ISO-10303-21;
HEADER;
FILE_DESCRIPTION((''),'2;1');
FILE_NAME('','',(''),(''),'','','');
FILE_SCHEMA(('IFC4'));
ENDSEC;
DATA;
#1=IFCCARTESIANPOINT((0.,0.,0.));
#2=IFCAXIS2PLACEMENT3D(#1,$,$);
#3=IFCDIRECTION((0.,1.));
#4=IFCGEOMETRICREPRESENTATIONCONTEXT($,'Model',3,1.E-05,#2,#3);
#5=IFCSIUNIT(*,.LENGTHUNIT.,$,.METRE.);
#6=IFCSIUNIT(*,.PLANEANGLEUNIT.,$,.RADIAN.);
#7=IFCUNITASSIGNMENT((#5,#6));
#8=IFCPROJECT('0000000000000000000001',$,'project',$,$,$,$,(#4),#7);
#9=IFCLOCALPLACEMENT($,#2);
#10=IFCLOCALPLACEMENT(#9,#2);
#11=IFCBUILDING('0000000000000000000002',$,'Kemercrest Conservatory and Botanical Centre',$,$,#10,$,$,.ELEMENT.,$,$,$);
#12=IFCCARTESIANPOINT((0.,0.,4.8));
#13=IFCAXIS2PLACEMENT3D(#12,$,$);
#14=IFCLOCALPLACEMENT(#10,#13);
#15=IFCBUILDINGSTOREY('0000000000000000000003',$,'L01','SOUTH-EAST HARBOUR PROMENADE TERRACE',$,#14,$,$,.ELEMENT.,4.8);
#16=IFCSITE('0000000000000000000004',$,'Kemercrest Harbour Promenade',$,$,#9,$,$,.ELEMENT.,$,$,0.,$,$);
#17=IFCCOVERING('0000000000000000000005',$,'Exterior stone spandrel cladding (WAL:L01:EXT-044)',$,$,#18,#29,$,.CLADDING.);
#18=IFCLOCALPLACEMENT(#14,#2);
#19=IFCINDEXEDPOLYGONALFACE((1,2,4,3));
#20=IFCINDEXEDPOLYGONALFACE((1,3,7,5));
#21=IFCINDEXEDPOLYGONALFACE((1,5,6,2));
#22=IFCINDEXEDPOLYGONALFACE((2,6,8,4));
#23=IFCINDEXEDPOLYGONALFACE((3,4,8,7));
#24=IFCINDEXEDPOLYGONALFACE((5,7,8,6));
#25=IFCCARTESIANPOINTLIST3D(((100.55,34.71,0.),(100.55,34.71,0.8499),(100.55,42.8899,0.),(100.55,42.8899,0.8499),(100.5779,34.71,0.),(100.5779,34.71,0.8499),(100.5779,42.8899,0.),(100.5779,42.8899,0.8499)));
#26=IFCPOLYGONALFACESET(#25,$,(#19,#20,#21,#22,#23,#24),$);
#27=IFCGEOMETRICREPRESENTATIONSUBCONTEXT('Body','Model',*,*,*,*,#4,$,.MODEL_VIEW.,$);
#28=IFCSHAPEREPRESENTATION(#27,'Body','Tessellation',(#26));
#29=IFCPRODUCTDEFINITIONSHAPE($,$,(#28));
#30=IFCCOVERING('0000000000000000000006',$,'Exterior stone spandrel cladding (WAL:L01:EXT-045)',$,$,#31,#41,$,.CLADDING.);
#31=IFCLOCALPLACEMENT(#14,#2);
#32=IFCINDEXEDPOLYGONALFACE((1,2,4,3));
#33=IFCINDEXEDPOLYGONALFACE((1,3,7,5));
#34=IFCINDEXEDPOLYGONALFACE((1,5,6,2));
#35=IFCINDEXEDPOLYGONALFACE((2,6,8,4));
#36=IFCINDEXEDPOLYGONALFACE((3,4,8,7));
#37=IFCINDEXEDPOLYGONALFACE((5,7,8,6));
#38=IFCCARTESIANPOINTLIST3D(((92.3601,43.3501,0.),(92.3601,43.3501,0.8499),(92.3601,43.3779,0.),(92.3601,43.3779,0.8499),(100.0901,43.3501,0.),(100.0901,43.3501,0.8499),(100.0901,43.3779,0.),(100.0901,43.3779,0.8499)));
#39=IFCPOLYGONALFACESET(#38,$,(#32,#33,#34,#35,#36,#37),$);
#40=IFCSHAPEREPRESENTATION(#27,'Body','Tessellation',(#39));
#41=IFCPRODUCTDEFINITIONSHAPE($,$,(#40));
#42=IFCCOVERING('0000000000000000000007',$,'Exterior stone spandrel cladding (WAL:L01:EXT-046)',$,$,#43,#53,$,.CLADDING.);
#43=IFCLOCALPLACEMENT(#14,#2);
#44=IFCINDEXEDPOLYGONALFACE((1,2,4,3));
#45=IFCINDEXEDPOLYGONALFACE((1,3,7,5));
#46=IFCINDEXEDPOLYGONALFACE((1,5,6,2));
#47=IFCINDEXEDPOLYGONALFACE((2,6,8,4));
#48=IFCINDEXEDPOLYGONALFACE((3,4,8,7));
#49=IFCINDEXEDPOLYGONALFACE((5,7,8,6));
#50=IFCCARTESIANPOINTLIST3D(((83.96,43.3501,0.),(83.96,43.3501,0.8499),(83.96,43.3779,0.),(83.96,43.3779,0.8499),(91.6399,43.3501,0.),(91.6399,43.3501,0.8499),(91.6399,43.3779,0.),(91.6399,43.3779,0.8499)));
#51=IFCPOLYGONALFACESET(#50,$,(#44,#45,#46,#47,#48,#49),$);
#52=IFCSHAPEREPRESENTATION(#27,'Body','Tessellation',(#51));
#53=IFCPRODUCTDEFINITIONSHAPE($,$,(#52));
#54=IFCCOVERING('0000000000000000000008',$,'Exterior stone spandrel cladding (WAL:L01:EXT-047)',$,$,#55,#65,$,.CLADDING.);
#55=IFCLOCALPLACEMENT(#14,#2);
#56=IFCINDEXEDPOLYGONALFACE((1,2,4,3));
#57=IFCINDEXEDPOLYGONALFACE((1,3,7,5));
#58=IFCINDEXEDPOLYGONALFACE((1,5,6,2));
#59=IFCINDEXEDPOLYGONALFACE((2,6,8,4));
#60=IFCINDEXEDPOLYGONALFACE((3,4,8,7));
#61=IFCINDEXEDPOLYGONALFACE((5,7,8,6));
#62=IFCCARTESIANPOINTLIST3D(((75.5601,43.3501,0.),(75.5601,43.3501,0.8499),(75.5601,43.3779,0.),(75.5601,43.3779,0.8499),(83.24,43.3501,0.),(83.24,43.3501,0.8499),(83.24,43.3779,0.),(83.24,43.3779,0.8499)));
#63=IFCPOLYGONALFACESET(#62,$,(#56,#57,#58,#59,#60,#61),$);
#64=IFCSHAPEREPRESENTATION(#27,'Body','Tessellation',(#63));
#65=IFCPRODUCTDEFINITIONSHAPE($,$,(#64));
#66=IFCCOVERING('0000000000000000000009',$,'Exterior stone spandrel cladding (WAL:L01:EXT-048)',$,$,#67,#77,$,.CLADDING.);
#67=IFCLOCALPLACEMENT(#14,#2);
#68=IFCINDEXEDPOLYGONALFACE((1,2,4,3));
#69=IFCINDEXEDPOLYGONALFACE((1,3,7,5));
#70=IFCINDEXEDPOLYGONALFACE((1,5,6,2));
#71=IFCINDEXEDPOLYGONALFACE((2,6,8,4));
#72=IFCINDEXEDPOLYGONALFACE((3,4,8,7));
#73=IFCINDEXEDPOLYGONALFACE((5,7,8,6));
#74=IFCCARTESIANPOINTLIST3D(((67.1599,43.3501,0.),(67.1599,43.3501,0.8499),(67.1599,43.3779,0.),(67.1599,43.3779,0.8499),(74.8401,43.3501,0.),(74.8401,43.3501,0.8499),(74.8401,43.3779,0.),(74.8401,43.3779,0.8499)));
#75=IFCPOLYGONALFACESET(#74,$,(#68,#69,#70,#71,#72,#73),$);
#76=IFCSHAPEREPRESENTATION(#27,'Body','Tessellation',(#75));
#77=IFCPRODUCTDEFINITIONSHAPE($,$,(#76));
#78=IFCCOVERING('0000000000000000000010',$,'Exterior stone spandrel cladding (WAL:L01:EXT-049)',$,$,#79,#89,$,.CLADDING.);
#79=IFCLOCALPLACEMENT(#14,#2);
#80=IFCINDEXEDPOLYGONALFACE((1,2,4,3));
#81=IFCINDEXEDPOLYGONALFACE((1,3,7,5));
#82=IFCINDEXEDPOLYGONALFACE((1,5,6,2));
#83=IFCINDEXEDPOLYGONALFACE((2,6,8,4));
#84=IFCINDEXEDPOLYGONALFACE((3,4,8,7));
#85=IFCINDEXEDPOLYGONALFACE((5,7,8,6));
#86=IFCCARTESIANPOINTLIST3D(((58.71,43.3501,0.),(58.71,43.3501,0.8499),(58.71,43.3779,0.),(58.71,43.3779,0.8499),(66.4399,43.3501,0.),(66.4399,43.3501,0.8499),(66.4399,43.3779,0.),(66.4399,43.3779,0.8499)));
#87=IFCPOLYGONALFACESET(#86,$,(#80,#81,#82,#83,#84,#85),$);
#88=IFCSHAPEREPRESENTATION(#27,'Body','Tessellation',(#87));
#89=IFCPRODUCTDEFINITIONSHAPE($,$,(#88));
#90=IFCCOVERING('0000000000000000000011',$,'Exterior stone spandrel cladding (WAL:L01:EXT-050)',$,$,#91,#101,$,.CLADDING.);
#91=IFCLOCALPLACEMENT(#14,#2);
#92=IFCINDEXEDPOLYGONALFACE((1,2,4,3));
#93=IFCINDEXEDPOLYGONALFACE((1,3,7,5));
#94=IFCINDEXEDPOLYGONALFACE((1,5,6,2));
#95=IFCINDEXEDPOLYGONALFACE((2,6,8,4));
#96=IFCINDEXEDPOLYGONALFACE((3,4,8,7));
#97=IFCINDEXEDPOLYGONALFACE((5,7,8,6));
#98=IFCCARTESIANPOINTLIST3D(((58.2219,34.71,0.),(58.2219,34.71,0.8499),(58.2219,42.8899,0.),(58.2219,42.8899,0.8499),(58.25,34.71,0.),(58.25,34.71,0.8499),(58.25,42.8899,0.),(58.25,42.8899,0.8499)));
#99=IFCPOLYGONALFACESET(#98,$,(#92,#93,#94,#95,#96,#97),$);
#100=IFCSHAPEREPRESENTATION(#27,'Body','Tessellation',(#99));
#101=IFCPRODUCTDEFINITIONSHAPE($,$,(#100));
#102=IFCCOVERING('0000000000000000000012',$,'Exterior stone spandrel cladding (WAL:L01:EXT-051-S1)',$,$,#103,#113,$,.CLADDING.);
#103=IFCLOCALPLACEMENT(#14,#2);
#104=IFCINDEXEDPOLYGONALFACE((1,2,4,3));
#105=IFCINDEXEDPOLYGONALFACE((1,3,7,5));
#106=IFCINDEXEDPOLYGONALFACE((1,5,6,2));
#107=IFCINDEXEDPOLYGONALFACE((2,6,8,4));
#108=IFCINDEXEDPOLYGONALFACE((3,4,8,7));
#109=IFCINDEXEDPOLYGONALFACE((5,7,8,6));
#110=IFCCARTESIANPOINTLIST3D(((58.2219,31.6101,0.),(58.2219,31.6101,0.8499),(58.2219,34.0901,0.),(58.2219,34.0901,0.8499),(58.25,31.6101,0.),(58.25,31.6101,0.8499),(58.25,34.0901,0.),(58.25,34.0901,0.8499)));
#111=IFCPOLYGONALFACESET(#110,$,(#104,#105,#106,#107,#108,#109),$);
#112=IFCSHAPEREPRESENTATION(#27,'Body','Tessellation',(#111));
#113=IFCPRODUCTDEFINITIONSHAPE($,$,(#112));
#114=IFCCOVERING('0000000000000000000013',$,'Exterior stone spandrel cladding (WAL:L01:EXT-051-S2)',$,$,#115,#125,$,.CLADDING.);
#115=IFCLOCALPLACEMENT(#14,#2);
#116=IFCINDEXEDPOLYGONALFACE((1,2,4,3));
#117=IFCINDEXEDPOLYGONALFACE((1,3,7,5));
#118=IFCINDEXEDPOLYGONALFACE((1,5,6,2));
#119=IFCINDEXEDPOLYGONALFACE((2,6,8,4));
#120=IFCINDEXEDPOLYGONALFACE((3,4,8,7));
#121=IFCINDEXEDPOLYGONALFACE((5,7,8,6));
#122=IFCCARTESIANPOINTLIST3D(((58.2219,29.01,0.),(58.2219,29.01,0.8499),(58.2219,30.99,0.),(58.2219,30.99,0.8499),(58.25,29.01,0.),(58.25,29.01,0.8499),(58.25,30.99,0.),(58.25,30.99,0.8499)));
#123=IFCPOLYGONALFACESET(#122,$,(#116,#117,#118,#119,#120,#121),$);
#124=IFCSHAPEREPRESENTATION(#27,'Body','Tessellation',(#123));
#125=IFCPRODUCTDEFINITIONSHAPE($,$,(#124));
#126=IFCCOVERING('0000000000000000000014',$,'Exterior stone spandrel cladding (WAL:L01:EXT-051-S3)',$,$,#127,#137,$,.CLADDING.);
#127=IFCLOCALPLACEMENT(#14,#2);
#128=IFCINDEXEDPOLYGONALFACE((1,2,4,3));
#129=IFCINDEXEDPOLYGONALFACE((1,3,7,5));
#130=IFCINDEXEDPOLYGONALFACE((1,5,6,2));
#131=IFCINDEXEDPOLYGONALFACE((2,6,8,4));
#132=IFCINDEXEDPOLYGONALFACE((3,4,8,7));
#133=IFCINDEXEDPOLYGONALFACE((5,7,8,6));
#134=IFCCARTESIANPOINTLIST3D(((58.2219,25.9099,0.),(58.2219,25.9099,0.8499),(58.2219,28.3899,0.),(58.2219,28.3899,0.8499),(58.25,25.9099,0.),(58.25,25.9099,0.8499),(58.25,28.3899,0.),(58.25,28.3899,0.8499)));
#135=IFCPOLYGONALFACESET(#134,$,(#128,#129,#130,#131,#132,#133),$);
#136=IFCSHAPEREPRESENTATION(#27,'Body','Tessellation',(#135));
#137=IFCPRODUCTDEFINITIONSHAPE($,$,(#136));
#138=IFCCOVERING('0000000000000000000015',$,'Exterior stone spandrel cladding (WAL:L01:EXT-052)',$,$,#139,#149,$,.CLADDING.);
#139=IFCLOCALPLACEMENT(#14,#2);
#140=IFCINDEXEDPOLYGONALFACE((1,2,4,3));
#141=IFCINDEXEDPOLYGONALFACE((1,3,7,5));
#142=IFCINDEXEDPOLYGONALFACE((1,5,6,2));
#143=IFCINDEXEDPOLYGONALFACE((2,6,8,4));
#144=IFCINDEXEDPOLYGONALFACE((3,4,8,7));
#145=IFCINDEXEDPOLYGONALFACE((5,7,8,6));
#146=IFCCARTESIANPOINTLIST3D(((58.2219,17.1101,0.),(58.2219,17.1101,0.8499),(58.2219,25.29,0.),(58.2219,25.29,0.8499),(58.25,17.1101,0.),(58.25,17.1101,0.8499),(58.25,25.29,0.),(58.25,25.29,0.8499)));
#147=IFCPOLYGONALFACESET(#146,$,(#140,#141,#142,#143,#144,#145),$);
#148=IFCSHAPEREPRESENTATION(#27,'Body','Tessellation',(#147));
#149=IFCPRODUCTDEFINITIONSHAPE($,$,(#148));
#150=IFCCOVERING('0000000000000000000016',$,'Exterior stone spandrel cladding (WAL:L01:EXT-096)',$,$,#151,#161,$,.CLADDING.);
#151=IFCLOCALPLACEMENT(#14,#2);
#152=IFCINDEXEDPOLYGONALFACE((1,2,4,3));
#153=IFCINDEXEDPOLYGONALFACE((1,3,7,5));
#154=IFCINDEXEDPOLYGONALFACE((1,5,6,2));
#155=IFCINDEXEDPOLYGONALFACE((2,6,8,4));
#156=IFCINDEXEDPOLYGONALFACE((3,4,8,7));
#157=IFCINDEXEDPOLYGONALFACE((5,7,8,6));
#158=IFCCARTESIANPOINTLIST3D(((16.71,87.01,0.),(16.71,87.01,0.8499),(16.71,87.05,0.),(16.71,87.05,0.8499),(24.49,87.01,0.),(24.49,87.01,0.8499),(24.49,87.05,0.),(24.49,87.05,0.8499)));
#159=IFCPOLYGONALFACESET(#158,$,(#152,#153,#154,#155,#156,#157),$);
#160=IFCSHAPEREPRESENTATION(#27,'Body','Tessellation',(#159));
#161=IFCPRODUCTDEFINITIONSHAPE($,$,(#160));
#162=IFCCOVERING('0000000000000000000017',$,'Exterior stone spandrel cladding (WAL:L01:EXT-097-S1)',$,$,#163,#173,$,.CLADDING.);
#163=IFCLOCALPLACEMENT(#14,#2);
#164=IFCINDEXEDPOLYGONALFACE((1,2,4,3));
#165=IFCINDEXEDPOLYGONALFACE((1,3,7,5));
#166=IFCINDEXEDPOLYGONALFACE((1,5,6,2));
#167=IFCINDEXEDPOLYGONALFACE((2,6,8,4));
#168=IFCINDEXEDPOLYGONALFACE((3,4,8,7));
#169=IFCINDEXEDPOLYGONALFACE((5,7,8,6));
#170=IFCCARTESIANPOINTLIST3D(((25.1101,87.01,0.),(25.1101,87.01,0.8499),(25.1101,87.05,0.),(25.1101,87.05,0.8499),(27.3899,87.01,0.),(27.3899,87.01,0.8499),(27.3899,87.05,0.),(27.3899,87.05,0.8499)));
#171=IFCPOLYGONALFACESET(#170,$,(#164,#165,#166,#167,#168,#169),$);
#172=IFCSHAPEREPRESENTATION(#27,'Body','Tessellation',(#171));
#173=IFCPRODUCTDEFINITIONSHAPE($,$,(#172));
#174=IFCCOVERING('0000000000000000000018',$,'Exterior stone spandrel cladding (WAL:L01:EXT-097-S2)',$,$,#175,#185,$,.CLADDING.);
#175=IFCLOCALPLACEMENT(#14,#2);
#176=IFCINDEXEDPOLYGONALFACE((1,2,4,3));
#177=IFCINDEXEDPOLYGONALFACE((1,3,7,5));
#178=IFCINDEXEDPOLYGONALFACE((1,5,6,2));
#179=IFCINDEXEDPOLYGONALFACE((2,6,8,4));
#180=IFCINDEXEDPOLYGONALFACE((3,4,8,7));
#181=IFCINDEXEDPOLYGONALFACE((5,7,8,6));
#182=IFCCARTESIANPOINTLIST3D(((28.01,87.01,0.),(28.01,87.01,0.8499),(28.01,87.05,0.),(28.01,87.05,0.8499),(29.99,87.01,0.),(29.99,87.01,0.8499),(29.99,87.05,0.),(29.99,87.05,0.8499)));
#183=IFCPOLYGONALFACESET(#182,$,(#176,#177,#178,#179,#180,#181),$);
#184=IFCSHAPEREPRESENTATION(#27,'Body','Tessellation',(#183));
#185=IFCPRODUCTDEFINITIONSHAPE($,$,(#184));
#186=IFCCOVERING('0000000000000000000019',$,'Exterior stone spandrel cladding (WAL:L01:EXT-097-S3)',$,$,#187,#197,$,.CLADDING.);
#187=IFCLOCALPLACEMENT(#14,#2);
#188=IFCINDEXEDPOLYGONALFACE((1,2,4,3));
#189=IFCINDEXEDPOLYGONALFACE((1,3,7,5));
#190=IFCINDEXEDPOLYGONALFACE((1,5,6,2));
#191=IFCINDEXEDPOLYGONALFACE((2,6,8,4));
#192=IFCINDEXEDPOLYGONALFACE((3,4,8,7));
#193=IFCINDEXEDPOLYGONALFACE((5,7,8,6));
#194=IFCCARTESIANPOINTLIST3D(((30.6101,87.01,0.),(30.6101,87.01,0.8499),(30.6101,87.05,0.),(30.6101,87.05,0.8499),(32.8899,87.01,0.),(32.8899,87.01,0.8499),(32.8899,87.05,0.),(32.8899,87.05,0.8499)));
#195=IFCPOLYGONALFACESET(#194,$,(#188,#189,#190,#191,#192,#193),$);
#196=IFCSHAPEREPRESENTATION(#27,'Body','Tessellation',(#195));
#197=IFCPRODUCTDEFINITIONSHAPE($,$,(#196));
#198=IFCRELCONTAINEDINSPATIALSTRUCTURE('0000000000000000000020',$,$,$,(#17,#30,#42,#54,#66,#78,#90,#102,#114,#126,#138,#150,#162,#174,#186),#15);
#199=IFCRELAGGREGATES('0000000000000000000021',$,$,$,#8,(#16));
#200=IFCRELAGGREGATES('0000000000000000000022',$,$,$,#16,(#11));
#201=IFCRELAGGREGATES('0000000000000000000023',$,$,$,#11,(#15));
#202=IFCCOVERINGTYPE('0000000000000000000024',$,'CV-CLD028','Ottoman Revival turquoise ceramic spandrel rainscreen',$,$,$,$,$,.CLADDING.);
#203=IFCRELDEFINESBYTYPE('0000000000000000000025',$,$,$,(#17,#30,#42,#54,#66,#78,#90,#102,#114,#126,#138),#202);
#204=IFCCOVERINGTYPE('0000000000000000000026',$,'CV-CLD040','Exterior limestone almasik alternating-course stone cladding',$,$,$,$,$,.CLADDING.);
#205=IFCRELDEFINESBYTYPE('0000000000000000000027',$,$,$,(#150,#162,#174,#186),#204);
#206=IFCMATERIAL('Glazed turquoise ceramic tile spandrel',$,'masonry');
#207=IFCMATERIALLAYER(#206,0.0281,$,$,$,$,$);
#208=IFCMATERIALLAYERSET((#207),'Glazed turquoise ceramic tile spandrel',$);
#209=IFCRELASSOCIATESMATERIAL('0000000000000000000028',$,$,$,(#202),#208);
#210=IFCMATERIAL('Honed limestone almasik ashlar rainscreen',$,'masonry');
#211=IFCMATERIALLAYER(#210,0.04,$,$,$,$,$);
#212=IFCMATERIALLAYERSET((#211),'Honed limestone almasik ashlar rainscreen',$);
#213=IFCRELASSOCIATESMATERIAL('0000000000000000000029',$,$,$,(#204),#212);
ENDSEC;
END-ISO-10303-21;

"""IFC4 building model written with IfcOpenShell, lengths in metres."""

from ifc_helpers import new_model, si_unit, direction, frame, origin, place, context, subcontext, project, spatial, polyline, outline, extrude, material, layer, layer_set, type_object, element, save


model = new_model("IFC4")

# Units and contexts
model_context = context("Model", 3, precision=1e-05, world=origin(), true_north=direction((0.0, 1.0)))
body_context = subcontext(model_context, "Body", "Model", "MODEL_VIEW")
ifc_project = project(units=[si_unit("LENGTHUNIT", "METRE"), si_unit("PLANEANGLEUNIT", "RADIAN")], contexts=[model_context])

# Site, building, storey
site_placement = place(None, origin())
site = spatial("IfcSite", under=ifc_project, at=site_placement, Name="Kemercrest Harbour Promenade", CompositionType="ELEMENT", RefElevation=0.0)
building_placement = place(site_placement, origin())
building = spatial("IfcBuilding", under=site, at=building_placement, Name="Kemercrest Conservatory and Botanical Centre", CompositionType="ELEMENT")
storey_placement = place(building_placement, frame((0.0, 0.0, 4.8)))
storey = spatial("IfcBuildingStorey", under=building, at=storey_placement, Name="L01", Description="SOUTH-EAST HARBOUR PROMENADE TERRACE", CompositionType="ELEMENT", Elevation=4.8)

# Coverings
ifc_material_1 = material(Name="Glazed turquoise ceramic tile spandrel", Category="masonry")
ifc_layer_1 = layer(ifc_material_1, 0.0281)
ifc_layer_set_1 = layer_set([ifc_layer_1], Name="Glazed turquoise ceramic tile spandrel")
covering_type_1 = type_object("IfcCoveringType", Name="CV-CLD028", Description="Ottoman Revival turquoise ceramic spandrel rainscreen", PredefinedType="CLADDING", material=ifc_layer_set_1)
covering_1_placement = place(storey_placement, origin())
element("IfcCovering", 1, at=covering_1_placement, inside=storey, type_object=covering_type_1, Name="Exterior stone spandrel cladding (WAL:L01:EXT-044)", PredefinedType="CLADDING", context=body_context, shape_type="SweptSolid", body=[
    extrude(outline(polyline([(100.55, 34.71), (100.5779, 34.71), (100.5779, 42.8899), (100.55, 42.8899), (100.55, 34.71)])), origin(), (0.0, 0.0, 1.0), 0.8499),
])
covering_2_placement = place(storey_placement, origin())
element("IfcCovering", 2, at=covering_2_placement, inside=storey, type_object=covering_type_1, Name="Exterior stone spandrel cladding (WAL:L01:EXT-045)", PredefinedType="CLADDING", context=body_context, shape_type="SweptSolid", body=[
    extrude(outline(polyline([(100.0901, 43.3501), (100.0901, 43.3779), (92.3601, 43.3779), (92.3601, 43.3501), (100.0901, 43.3501)])), origin(), (0.0, 0.0, 1.0), 0.8499),
])
covering_3_placement = place(storey_placement, origin())
element("IfcCovering", 3, at=covering_3_placement, inside=storey, type_object=covering_type_1, Name="Exterior stone spandrel cladding (WAL:L01:EXT-046)", PredefinedType="CLADDING", context=body_context, shape_type="SweptSolid", body=[
    extrude(outline(polyline([(91.6399, 43.3501), (91.6399, 43.3779), (83.96, 43.3779), (83.96, 43.3501), (91.6399, 43.3501)])), origin(), (0.0, 0.0, 1.0), 0.8499),
])
covering_4_placement = place(storey_placement, origin())
element("IfcCovering", 4, at=covering_4_placement, inside=storey, type_object=covering_type_1, Name="Exterior stone spandrel cladding (WAL:L01:EXT-047)", PredefinedType="CLADDING", context=body_context, shape_type="SweptSolid", body=[
    extrude(outline(polyline([(83.24, 43.3501), (83.24, 43.3779), (75.5601, 43.3779), (75.5601, 43.3501), (83.24, 43.3501)])), origin(), (0.0, 0.0, 1.0), 0.8499),
])
covering_5_placement = place(storey_placement, origin())
element("IfcCovering", 5, at=covering_5_placement, inside=storey, type_object=covering_type_1, Name="Exterior stone spandrel cladding (WAL:L01:EXT-048)", PredefinedType="CLADDING", context=body_context, shape_type="SweptSolid", body=[
    extrude(outline(polyline([(74.8401, 43.3501), (74.8401, 43.3779), (67.1599, 43.3779), (67.1599, 43.3501), (74.8401, 43.3501)])), origin(), (0.0, 0.0, 1.0), 0.8499),
])
covering_6_placement = place(storey_placement, origin())
element("IfcCovering", 6, at=covering_6_placement, inside=storey, type_object=covering_type_1, Name="Exterior stone spandrel cladding (WAL:L01:EXT-049)", PredefinedType="CLADDING", context=body_context, shape_type="SweptSolid", body=[
    extrude(outline(polyline([(66.4399, 43.3501), (66.4399, 43.3779), (58.71, 43.3779), (58.71, 43.3501), (66.4399, 43.3501)])), origin(), (0.0, 0.0, 1.0), 0.8499),
])
covering_7_placement = place(storey_placement, origin())
element("IfcCovering", 7, at=covering_7_placement, inside=storey, type_object=covering_type_1, Name="Exterior stone spandrel cladding (WAL:L01:EXT-050)", PredefinedType="CLADDING", context=body_context, shape_type="SweptSolid", body=[
    extrude(outline(polyline([(58.25, 42.8899), (58.2219, 42.8899), (58.2219, 34.71), (58.25, 34.71), (58.25, 42.8899)])), origin(), (0.0, 0.0, 1.0), 0.8499),
])
covering_8_placement = place(storey_placement, origin())
element("IfcCovering", 8, at=covering_8_placement, inside=storey, type_object=covering_type_1, Name="Exterior stone spandrel cladding (WAL:L01:EXT-051-S1)", PredefinedType="CLADDING", context=body_context, shape_type="SweptSolid", body=[
    extrude(outline(polyline([(58.25, 34.0901), (58.2219, 34.0901), (58.2219, 31.6101), (58.25, 31.6101), (58.25, 34.0901)])), origin(), (0.0, 0.0, 1.0), 0.8499),
])
covering_9_placement = place(storey_placement, origin())
element("IfcCovering", 9, at=covering_9_placement, inside=storey, type_object=covering_type_1, Name="Exterior stone spandrel cladding (WAL:L01:EXT-051-S2)", PredefinedType="CLADDING", context=body_context, shape_type="SweptSolid", body=[
    extrude(outline(polyline([(58.25, 30.99), (58.2219, 30.99), (58.2219, 29.01), (58.25, 29.01), (58.25, 30.99)])), origin(), (0.0, 0.0, 1.0), 0.8499),
])
covering_10_placement = place(storey_placement, origin())
element("IfcCovering", 10, at=covering_10_placement, inside=storey, type_object=covering_type_1, Name="Exterior stone spandrel cladding (WAL:L01:EXT-051-S3)", PredefinedType="CLADDING", context=body_context, shape_type="SweptSolid", body=[
    extrude(outline(polyline([(58.25, 28.3899), (58.2219, 28.3899), (58.2219, 25.9099), (58.25, 25.9099), (58.25, 28.3899)])), origin(), (0.0, 0.0, 1.0), 0.8499),
])
covering_11_placement = place(storey_placement, origin())
element("IfcCovering", 11, at=covering_11_placement, inside=storey, type_object=covering_type_1, Name="Exterior stone spandrel cladding (WAL:L01:EXT-052)", PredefinedType="CLADDING", context=body_context, shape_type="SweptSolid", body=[
    extrude(outline(polyline([(58.25, 25.29), (58.2219, 25.29), (58.2219, 17.1101), (58.25, 17.1101), (58.25, 25.29)])), origin(), (0.0, 0.0, 1.0), 0.8499),
])
ifc_material_2 = material(Name="Honed limestone almasik ashlar rainscreen", Category="masonry")
ifc_layer_2 = layer(ifc_material_2, 0.04)
ifc_layer_set_2 = layer_set([ifc_layer_2], Name="Honed limestone almasik ashlar rainscreen")
covering_type_2 = type_object("IfcCoveringType", Name="CV-CLD040", Description="Exterior limestone almasik alternating-course stone cladding", PredefinedType="CLADDING", material=ifc_layer_set_2)
covering_12_placement = place(storey_placement, origin())
element("IfcCovering", 12, at=covering_12_placement, inside=storey, type_object=covering_type_2, Name="Exterior stone spandrel cladding (WAL:L01:EXT-096)", PredefinedType="CLADDING", context=body_context, shape_type="SweptSolid", body=[
    extrude(outline(polyline([(16.71, 87.05), (16.71, 87.01), (24.49, 87.01), (24.49, 87.05), (16.71, 87.05)])), origin(), (0.0, 0.0, 1.0), 0.8499),
])
covering_13_placement = place(storey_placement, origin())
element("IfcCovering", 13, at=covering_13_placement, inside=storey, type_object=covering_type_2, Name="Exterior stone spandrel cladding (WAL:L01:EXT-097-S1)", PredefinedType="CLADDING", context=body_context, shape_type="SweptSolid", body=[
    extrude(outline(polyline([(25.1101, 87.05), (25.1101, 87.01), (27.3899, 87.01), (27.3899, 87.05), (25.1101, 87.05)])), origin(), (0.0, 0.0, 1.0), 0.8499),
])
covering_14_placement = place(storey_placement, origin())
element("IfcCovering", 14, at=covering_14_placement, inside=storey, type_object=covering_type_2, Name="Exterior stone spandrel cladding (WAL:L01:EXT-097-S2)", PredefinedType="CLADDING", context=body_context, shape_type="SweptSolid", body=[
    extrude(outline(polyline([(28.01, 87.05), (28.01, 87.01), (29.99, 87.01), (29.99, 87.05), (28.01, 87.05)])), origin(), (0.0, 0.0, 1.0), 0.8499),
])
covering_15_placement = place(storey_placement, origin())
element("IfcCovering", 15, at=covering_15_placement, inside=storey, type_object=covering_type_2, Name="Exterior stone spandrel cladding (WAL:L01:EXT-097-S3)", PredefinedType="CLADDING", context=body_context, shape_type="SweptSolid", body=[
    extrude(outline(polyline([(30.6101, 87.05), (30.6101, 87.01), (32.8899, 87.01), (32.8899, 87.05), (30.6101, 87.05)])), origin(), (0.0, 0.0, 1.0), 0.8499),
])

save(model, "model.ifc")
